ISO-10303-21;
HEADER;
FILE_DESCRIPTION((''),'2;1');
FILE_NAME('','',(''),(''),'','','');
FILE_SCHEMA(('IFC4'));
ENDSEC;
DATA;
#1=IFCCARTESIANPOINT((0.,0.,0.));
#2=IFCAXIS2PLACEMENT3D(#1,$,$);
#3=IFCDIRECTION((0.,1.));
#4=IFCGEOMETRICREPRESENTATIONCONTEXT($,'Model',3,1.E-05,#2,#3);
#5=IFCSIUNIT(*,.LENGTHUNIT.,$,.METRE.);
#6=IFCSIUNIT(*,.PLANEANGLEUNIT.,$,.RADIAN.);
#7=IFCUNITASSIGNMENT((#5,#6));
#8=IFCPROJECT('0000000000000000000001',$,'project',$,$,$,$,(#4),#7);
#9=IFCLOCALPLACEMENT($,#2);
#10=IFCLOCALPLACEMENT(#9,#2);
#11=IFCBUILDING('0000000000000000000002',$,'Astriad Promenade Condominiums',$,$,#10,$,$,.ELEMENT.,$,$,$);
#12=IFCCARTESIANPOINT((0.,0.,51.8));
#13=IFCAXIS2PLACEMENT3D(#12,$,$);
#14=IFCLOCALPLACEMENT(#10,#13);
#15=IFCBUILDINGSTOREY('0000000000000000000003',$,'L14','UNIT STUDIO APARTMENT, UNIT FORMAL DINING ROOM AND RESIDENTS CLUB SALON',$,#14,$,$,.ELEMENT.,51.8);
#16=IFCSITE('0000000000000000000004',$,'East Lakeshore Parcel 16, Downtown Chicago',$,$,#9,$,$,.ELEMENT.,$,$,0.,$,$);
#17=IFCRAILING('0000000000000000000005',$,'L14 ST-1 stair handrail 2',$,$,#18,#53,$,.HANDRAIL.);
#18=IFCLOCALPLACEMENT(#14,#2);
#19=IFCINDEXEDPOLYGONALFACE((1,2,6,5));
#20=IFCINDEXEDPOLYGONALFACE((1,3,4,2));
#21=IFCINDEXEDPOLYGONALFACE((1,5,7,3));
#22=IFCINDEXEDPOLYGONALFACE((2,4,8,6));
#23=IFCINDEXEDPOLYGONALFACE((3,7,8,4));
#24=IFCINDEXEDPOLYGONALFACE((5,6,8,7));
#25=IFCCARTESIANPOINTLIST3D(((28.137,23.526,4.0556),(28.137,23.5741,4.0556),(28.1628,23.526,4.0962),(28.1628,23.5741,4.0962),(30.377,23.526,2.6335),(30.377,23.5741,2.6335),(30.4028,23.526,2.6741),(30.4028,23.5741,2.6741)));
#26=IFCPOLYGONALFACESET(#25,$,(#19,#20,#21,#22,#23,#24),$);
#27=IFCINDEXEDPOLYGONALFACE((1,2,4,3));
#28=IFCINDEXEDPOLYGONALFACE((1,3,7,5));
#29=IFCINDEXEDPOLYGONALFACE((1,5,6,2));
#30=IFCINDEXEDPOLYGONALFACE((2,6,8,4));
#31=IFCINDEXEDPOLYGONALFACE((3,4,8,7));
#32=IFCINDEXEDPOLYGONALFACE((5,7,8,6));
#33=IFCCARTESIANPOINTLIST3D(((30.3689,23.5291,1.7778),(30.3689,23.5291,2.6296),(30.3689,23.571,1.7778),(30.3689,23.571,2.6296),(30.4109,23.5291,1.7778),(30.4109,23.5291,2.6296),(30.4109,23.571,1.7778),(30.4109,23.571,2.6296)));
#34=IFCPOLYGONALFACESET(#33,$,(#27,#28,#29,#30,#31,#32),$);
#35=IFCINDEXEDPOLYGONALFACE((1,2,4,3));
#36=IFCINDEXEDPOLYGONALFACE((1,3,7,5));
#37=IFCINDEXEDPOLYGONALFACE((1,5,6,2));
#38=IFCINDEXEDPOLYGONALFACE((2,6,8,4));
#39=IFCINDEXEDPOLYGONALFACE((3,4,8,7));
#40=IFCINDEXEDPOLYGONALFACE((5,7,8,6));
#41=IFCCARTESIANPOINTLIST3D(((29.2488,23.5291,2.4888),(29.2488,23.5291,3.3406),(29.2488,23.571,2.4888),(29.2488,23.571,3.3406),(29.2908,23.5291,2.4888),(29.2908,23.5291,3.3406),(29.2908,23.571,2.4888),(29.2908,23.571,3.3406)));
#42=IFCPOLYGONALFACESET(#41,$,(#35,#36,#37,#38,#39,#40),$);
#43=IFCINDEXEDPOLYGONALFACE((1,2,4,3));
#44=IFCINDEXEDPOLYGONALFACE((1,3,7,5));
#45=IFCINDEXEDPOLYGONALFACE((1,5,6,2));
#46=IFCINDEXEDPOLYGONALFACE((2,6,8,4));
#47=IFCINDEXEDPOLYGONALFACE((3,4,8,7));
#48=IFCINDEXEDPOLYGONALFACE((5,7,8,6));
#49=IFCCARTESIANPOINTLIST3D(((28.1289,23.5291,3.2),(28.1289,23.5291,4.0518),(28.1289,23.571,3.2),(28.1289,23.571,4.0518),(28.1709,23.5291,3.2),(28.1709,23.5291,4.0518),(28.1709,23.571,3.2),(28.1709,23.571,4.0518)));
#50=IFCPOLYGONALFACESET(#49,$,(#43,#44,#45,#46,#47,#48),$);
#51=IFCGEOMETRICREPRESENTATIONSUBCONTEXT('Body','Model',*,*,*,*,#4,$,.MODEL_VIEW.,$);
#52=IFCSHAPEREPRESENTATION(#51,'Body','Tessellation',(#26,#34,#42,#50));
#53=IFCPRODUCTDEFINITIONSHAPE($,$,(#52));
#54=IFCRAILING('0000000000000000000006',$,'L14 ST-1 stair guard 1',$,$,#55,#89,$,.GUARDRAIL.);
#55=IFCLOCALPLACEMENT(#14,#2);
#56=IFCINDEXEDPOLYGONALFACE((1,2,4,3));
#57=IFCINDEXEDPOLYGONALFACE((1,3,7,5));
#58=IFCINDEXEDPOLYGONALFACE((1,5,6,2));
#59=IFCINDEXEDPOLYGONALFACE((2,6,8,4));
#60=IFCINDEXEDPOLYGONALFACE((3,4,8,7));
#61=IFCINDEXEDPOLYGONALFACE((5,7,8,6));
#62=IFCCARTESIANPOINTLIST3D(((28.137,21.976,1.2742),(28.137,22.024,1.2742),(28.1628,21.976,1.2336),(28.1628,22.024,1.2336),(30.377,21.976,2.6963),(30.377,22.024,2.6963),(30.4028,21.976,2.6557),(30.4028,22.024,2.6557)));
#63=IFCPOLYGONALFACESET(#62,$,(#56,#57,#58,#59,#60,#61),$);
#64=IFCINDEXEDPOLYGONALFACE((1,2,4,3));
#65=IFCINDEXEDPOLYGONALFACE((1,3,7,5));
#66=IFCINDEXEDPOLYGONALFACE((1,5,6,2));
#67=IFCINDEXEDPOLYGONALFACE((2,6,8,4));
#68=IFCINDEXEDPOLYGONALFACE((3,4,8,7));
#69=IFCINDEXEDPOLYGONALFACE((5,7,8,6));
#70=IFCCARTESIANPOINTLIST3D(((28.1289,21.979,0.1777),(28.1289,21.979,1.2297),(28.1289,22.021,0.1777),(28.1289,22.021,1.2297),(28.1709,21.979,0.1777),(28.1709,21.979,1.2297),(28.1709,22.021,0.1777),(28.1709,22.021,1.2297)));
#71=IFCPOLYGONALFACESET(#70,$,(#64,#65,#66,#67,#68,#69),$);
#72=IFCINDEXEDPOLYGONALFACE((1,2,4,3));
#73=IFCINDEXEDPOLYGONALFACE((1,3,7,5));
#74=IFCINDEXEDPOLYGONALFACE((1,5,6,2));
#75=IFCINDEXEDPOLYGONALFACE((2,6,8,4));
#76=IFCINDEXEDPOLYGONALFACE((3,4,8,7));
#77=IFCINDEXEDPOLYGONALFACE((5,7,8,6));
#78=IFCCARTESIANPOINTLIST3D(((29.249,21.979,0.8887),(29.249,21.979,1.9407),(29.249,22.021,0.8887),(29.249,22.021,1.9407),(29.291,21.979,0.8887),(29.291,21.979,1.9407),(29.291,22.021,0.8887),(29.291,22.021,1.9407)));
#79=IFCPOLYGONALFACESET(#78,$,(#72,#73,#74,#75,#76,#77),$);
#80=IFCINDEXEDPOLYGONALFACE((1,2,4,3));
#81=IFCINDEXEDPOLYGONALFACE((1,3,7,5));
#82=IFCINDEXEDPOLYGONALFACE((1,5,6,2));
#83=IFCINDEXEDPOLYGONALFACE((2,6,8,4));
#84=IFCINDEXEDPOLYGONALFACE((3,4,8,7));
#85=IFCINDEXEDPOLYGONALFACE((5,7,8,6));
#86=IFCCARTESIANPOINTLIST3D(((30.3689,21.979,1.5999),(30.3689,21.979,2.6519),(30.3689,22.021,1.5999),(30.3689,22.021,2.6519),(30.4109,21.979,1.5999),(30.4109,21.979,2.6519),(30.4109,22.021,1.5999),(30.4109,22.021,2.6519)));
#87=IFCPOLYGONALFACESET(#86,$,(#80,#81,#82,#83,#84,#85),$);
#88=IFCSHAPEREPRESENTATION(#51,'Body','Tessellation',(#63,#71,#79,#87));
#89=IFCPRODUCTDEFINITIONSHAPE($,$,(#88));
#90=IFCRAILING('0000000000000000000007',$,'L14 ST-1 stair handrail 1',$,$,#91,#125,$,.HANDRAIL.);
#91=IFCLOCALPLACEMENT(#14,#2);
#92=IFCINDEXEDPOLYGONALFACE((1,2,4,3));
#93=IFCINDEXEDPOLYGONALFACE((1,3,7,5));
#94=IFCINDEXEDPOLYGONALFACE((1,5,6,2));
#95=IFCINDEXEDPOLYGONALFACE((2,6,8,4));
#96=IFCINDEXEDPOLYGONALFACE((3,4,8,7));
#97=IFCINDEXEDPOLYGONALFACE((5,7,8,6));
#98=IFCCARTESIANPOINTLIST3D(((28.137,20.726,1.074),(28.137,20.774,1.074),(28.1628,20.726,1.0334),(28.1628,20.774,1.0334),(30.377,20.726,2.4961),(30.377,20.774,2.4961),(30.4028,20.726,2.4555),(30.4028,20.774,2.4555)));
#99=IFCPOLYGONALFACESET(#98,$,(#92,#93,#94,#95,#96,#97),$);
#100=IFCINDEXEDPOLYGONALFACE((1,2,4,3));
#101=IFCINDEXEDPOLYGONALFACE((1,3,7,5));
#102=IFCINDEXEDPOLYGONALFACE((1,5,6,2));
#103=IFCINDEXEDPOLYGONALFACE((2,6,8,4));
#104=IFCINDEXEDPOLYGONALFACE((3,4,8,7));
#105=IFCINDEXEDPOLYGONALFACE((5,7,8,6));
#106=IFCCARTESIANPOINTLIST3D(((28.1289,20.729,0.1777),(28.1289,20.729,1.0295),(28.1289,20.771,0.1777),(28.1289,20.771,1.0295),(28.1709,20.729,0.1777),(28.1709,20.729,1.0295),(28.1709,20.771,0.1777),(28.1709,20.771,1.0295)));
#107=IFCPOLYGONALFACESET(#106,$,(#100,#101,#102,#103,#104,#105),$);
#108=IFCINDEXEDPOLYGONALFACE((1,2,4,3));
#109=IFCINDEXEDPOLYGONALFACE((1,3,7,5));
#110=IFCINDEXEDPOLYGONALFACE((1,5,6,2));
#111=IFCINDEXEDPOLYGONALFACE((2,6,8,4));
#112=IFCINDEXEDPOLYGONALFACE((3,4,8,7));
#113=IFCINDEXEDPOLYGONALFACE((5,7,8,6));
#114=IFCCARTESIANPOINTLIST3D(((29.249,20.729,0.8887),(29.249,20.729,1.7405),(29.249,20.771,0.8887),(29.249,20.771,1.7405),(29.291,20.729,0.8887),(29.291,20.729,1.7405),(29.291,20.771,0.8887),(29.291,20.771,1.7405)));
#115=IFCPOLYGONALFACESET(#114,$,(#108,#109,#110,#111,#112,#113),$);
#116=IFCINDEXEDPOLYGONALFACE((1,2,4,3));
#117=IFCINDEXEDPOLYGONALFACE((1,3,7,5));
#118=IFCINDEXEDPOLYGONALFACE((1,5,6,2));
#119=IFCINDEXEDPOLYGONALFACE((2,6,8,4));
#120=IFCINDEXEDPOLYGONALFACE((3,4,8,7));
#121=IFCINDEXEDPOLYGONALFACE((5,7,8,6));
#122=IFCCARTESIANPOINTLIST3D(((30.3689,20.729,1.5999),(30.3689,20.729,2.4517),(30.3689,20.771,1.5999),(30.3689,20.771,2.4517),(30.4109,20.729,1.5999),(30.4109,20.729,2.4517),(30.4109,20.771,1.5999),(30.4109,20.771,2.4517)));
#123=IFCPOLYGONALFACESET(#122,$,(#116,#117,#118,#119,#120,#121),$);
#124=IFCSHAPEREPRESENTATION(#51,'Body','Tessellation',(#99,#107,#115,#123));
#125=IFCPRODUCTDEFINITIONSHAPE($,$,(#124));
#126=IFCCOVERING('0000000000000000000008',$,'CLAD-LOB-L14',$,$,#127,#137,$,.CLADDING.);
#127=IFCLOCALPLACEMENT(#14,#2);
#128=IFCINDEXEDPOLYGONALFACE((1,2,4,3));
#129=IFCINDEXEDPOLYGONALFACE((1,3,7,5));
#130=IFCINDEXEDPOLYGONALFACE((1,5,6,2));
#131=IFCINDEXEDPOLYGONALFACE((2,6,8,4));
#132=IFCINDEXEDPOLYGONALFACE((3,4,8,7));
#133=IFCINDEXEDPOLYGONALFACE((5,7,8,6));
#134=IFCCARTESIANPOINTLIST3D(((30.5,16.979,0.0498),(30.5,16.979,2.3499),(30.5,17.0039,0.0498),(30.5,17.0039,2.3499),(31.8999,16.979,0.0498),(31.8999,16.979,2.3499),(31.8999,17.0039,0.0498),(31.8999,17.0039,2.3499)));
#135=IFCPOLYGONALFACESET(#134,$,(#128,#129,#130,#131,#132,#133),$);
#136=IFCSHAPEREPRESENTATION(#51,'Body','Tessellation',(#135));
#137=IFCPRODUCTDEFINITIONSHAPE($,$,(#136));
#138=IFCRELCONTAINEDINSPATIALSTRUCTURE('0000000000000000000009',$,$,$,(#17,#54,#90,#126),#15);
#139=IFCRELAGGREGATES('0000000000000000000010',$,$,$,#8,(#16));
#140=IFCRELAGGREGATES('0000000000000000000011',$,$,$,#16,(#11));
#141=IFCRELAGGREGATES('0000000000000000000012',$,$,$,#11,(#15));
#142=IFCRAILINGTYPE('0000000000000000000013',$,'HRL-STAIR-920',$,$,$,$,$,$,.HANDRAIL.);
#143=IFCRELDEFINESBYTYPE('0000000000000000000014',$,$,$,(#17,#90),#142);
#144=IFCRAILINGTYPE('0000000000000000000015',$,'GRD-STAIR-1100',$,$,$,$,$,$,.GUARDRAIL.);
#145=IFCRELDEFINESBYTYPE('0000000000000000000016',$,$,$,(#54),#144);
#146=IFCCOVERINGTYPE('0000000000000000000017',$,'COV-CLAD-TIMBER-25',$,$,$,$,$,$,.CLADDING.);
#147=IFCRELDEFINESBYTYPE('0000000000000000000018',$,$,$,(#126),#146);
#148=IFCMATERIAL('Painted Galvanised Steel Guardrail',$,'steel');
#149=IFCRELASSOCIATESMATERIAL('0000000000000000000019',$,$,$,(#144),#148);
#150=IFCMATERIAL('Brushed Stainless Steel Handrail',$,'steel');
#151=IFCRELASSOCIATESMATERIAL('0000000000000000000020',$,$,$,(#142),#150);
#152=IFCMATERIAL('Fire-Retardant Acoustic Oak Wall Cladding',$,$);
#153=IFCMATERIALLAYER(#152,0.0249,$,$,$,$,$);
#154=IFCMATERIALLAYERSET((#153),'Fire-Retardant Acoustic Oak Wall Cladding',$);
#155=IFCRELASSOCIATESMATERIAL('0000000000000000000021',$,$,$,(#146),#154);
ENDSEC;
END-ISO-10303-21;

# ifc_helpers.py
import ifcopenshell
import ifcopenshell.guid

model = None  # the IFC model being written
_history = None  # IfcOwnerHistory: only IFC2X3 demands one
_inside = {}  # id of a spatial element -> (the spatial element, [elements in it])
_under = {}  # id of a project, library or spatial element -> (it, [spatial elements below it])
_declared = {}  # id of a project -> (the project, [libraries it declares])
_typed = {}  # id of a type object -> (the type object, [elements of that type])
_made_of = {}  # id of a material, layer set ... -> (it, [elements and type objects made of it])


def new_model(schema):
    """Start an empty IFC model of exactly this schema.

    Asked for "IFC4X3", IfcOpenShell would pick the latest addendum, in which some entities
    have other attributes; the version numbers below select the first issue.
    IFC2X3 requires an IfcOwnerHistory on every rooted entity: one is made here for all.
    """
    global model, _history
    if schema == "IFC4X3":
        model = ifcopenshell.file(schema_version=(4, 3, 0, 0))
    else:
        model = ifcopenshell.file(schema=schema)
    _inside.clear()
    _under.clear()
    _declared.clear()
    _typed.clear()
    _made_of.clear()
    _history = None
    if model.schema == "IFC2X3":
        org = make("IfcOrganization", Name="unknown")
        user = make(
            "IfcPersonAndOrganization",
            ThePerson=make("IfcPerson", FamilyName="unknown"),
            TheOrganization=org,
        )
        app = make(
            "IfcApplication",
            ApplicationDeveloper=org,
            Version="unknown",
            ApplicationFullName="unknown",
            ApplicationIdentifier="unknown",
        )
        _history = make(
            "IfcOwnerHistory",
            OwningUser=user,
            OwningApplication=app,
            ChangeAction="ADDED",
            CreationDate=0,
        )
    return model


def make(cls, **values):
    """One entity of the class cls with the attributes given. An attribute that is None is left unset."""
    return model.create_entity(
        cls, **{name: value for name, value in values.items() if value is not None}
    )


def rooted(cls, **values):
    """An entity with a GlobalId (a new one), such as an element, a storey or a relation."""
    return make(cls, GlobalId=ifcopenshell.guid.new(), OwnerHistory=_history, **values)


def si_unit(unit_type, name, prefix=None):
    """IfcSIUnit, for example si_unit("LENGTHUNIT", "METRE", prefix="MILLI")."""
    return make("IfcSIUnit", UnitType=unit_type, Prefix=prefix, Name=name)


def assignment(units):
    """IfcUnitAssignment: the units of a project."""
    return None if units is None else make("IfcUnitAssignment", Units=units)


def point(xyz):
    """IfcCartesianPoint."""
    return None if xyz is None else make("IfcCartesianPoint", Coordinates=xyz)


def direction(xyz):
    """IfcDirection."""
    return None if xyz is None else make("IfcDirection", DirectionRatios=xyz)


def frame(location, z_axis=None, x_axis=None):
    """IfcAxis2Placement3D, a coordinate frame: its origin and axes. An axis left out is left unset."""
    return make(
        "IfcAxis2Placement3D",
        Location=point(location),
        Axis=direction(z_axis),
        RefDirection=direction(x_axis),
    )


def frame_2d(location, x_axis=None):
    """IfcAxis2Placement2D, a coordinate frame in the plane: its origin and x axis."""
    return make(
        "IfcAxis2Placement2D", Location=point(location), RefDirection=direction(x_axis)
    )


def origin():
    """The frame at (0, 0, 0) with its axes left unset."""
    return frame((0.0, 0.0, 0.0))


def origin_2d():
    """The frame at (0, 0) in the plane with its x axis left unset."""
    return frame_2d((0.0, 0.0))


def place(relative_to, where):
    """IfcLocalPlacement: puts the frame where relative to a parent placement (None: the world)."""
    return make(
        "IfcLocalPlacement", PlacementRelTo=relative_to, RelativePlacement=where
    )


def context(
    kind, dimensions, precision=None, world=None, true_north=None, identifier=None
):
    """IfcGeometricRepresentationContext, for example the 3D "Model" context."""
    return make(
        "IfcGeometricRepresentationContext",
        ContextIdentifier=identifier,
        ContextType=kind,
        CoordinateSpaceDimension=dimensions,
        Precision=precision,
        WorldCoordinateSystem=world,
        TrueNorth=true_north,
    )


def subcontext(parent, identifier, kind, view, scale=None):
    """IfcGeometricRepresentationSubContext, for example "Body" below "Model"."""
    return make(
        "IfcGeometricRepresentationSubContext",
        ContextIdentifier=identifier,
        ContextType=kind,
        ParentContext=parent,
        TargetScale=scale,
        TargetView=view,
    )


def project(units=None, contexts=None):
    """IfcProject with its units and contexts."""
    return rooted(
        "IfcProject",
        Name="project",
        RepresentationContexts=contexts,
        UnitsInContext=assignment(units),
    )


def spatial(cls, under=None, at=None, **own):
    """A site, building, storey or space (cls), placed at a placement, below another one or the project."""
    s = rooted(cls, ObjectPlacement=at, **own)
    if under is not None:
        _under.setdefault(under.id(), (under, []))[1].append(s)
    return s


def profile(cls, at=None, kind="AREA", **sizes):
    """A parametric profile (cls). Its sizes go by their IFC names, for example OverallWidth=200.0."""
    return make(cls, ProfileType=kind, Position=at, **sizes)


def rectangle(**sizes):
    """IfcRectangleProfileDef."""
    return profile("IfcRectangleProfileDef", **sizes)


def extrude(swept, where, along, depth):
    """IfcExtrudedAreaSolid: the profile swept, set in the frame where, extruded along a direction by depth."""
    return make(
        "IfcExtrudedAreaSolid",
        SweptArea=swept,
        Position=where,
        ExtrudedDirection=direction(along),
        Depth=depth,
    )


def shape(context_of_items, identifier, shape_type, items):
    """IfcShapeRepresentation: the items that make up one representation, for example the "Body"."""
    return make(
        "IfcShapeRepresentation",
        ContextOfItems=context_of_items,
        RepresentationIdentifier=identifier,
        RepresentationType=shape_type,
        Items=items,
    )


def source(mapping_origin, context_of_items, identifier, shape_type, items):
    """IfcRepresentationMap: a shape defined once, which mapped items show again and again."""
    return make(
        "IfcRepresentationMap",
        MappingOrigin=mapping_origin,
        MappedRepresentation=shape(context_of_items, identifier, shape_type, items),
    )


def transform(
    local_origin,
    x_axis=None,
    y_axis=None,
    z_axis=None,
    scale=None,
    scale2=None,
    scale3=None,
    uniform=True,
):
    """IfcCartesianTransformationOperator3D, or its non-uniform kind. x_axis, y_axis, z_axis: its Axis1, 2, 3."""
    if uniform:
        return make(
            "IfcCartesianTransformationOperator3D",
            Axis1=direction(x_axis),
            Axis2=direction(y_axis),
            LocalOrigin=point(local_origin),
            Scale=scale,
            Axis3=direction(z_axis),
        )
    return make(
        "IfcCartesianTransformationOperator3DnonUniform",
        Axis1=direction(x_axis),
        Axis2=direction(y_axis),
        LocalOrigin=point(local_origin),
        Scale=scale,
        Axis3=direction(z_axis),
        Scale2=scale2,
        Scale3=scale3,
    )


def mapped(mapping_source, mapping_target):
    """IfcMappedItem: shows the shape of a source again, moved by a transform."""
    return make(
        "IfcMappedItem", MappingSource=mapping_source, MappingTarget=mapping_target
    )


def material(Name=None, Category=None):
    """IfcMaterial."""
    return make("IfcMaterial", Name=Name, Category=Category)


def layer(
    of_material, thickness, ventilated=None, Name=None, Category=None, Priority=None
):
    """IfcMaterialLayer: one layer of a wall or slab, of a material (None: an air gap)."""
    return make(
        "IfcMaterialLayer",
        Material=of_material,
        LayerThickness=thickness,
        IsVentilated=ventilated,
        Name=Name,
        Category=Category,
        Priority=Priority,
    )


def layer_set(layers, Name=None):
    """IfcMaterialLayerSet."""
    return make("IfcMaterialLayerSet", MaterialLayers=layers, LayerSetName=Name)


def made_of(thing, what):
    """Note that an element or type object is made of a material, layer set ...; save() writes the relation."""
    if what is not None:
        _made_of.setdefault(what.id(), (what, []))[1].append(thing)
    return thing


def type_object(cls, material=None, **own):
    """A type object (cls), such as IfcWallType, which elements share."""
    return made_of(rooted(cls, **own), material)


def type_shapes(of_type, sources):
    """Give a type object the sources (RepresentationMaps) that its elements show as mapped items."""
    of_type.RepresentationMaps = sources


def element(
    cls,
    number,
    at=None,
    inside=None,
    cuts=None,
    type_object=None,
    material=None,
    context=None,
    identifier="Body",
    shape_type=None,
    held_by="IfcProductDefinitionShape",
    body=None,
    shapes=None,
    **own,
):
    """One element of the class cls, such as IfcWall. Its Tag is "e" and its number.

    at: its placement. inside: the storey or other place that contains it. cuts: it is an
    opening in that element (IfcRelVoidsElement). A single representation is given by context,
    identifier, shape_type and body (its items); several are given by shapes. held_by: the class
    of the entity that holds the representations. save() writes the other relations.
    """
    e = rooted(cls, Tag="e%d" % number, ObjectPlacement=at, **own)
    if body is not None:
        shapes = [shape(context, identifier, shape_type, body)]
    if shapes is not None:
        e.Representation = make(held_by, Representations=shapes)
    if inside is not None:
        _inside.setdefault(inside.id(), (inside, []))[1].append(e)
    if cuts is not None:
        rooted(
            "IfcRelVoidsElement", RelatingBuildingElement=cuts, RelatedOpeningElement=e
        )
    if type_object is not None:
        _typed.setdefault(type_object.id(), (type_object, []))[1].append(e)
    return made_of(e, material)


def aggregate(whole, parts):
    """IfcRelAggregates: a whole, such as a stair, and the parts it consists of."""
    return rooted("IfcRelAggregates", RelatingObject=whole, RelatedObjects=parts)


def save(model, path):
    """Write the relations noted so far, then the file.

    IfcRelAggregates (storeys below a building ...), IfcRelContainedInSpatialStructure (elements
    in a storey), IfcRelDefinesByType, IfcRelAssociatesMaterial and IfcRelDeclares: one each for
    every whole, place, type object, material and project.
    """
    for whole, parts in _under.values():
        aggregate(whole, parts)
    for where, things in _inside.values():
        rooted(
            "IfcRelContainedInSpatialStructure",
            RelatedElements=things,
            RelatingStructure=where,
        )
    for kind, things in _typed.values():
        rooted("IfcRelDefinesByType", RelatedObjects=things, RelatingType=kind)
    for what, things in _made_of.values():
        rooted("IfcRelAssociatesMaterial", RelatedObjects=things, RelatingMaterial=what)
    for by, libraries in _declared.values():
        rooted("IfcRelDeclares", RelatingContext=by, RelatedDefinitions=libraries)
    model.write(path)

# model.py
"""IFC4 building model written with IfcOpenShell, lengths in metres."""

from ifc_helpers import new_model, si_unit, direction, frame, origin, origin_2d, place, context, subcontext, project, spatial, rectangle, extrude, source, transform, mapped, material, layer, layer_set, type_object, type_shapes, element, save


model = new_model("IFC4")

# Units and contexts
model_context = context("Model", 3, precision=1e-05, world=origin(), true_north=direction((0.0, 1.0)))
body_context = subcontext(model_context, "Body", "Model", "MODEL_VIEW")
ifc_project = project(units=[si_unit("LENGTHUNIT", "METRE"), si_unit("PLANEANGLEUNIT", "RADIAN")], contexts=[model_context])

# Site, building, storey
site_placement = place(None, origin())
site = spatial("IfcSite", under=ifc_project, at=site_placement, Name="East Lakeshore Parcel 16, Downtown Chicago", CompositionType="ELEMENT", RefElevation=0.0)
building_placement = place(site_placement, origin())
building = spatial("IfcBuilding", under=site, at=building_placement, Name="Astriad Promenade Condominiums", CompositionType="ELEMENT")
storey_placement = place(building_placement, frame((0.0, 0.0, 51.8)))
storey = spatial("IfcBuildingStorey", under=building, at=storey_placement, Name="L14", Description="UNIT STUDIO APARTMENT, UNIT FORMAL DINING ROOM AND RESIDENTS CLUB SALON", CompositionType="ELEMENT", Elevation=51.8)

# Railings
ifc_material_1 = material(Name="Painted Galvanised Steel Guardrail", Category="steel")
railing_type_1 = type_object("IfcRailingType", Name="GRD-STAIR-1100", PredefinedType="GUARDRAIL", material=ifc_material_1)
ifc_material_2 = material(Name="Brushed Stainless Steel Handrail", Category="steel")
railing_type_2 = type_object("IfcRailingType", Name="HRL-STAIR-920", PredefinedType="HANDRAIL", material=ifc_material_2)
shared_shape_1 = source(origin(), body_context, "Body", "SweptSolid", [
    extrude(rectangle(XDim=0.0481, YDim=0.0481, at=origin_2d()), frame((0.0, 0.0, 0.876), z_axis=(-0.844229, 0.0, 0.535982), x_axis=(0.0, -1.0, 0.0)), (0.0, 0.0, 1.0), 2.6533),
    extrude(rectangle(XDim=0.042, YDim=0.042, at=origin_2d()), origin(), (0.0, 0.0, 1.0), 0.8518),
    extrude(rectangle(XDim=0.042, YDim=0.042, at=origin_2d()), frame((-1.1201, 0.0, 0.7109)), (0.0, 0.0, 1.0), 0.8518),
    extrude(rectangle(XDim=0.042, YDim=0.042, at=origin_2d()), frame((-2.24, 0.0, 1.4221)), (0.0, 0.0, 1.0), 0.8518),
])
railing_1_placement = place(storey_placement, frame((30.3899, 23.55, 1.7778)))
element("IfcRailing", 1, at=railing_1_placement, inside=storey, type_object=railing_type_2, Name="L14 ST-1 stair handrail 2", PredefinedType="HANDRAIL", context=body_context, shape_type="MappedRepresentation", body=[
    mapped(shared_shape_1, transform((0.0, 0.0, 0.0), scale=1.0)),
])
shared_shape_2 = source(origin(), body_context, "Body", "SweptSolid", [
    extrude(rectangle(XDim=0.0481, YDim=0.0481, at=origin_2d()), frame((0.0, 0.0, 1.0762), z_axis=(0.844229, 0.0, 0.535982), x_axis=(0.0, 1.0, 0.0)), (0.0, 0.0, 1.0), 2.6533),
    extrude(rectangle(XDim=0.042, YDim=0.042, at=origin_2d()), origin(), (0.0, 0.0, 1.0), 1.052),
    extrude(rectangle(XDim=0.042, YDim=0.042, at=origin_2d()), frame((1.1201, 0.0, 0.7109)), (0.0, 0.0, 1.0), 1.052),
    extrude(rectangle(XDim=0.042, YDim=0.042, at=origin_2d()), frame((2.24, 0.0, 1.4221)), (0.0, 0.0, 1.0), 1.052),
])
railing_2_placement = place(storey_placement, frame((28.1499, 22.0, 0.1777)))
element("IfcRailing", 2, at=railing_2_placement, inside=storey, type_object=railing_type_1, Name="L14 ST-1 stair guard 1", PredefinedType="GUARDRAIL", context=body_context, shape_type="MappedRepresentation", body=[
    mapped(shared_shape_2, transform((0.0, 0.0, 0.0), scale=1.0)),
])
shared_shape_3 = source(origin(), body_context, "Body", "SweptSolid", [
    extrude(rectangle(XDim=0.0481, YDim=0.0481, at=origin_2d()), frame((0.0, 0.0, 0.876), z_axis=(0.844229, 0.0, 0.535982), x_axis=(0.0, 1.0, 0.0)), (0.0, 0.0, 1.0), 2.6533),
    extrude(rectangle(XDim=0.042, YDim=0.042, at=origin_2d()), origin(), (0.0, 0.0, 1.0), 0.8518),
    extrude(rectangle(XDim=0.042, YDim=0.042, at=origin_2d()), frame((1.1201, 0.0, 0.7109)), (0.0, 0.0, 1.0), 0.8518),
    extrude(rectangle(XDim=0.042, YDim=0.042, at=origin_2d()), frame((2.24, 0.0, 1.4221)), (0.0, 0.0, 1.0), 0.8518),
])
type_shapes(railing_type_2, [shared_shape_1, shared_shape_3])
railing_3_placement = place(storey_placement, frame((28.1499, 20.75, 0.1777)))
element("IfcRailing", 3, at=railing_3_placement, inside=storey, type_object=railing_type_2, Name="L14 ST-1 stair handrail 1", PredefinedType="HANDRAIL", context=body_context, shape_type="MappedRepresentation", body=[
    mapped(shared_shape_3, transform((0.0, 0.0, 0.0), scale=1.0)),
])

# Covering
ifc_material_3 = material(Name="Fire-Retardant Acoustic Oak Wall Cladding")
ifc_layer_1 = layer(ifc_material_3, 0.0249)
ifc_layer_set_1 = layer_set([ifc_layer_1], Name="Fire-Retardant Acoustic Oak Wall Cladding")
covering_type = type_object("IfcCoveringType", Name="COV-CLAD-TIMBER-25", PredefinedType="CLADDING", material=ifc_layer_set_1)
shared_shape_4 = source(origin(), body_context, "Body", "SweptSolid", [
    extrude(rectangle(XDim=1.3999, YDim=0.0249, at=origin_2d()), origin(), (0.0, 0.0, 1.0), 2.3),
])
type_shapes(covering_type, [shared_shape_4])
covering_placement = place(storey_placement, frame((31.2, 16.9915, 0.0498), z_axis=(0.0, 0.0, 1.0), x_axis=(1.0, 0.0, 0.0)))
element("IfcCovering", 4, at=covering_placement, inside=storey, type_object=covering_type, Name="CLAD-LOB-L14", PredefinedType="CLADDING", context=body_context, shape_type="MappedRepresentation", body=[
    mapped(shared_shape_4, transform((0.0, 0.0, 0.0), scale=1.0)),
])

save(model, "model.ifc")
